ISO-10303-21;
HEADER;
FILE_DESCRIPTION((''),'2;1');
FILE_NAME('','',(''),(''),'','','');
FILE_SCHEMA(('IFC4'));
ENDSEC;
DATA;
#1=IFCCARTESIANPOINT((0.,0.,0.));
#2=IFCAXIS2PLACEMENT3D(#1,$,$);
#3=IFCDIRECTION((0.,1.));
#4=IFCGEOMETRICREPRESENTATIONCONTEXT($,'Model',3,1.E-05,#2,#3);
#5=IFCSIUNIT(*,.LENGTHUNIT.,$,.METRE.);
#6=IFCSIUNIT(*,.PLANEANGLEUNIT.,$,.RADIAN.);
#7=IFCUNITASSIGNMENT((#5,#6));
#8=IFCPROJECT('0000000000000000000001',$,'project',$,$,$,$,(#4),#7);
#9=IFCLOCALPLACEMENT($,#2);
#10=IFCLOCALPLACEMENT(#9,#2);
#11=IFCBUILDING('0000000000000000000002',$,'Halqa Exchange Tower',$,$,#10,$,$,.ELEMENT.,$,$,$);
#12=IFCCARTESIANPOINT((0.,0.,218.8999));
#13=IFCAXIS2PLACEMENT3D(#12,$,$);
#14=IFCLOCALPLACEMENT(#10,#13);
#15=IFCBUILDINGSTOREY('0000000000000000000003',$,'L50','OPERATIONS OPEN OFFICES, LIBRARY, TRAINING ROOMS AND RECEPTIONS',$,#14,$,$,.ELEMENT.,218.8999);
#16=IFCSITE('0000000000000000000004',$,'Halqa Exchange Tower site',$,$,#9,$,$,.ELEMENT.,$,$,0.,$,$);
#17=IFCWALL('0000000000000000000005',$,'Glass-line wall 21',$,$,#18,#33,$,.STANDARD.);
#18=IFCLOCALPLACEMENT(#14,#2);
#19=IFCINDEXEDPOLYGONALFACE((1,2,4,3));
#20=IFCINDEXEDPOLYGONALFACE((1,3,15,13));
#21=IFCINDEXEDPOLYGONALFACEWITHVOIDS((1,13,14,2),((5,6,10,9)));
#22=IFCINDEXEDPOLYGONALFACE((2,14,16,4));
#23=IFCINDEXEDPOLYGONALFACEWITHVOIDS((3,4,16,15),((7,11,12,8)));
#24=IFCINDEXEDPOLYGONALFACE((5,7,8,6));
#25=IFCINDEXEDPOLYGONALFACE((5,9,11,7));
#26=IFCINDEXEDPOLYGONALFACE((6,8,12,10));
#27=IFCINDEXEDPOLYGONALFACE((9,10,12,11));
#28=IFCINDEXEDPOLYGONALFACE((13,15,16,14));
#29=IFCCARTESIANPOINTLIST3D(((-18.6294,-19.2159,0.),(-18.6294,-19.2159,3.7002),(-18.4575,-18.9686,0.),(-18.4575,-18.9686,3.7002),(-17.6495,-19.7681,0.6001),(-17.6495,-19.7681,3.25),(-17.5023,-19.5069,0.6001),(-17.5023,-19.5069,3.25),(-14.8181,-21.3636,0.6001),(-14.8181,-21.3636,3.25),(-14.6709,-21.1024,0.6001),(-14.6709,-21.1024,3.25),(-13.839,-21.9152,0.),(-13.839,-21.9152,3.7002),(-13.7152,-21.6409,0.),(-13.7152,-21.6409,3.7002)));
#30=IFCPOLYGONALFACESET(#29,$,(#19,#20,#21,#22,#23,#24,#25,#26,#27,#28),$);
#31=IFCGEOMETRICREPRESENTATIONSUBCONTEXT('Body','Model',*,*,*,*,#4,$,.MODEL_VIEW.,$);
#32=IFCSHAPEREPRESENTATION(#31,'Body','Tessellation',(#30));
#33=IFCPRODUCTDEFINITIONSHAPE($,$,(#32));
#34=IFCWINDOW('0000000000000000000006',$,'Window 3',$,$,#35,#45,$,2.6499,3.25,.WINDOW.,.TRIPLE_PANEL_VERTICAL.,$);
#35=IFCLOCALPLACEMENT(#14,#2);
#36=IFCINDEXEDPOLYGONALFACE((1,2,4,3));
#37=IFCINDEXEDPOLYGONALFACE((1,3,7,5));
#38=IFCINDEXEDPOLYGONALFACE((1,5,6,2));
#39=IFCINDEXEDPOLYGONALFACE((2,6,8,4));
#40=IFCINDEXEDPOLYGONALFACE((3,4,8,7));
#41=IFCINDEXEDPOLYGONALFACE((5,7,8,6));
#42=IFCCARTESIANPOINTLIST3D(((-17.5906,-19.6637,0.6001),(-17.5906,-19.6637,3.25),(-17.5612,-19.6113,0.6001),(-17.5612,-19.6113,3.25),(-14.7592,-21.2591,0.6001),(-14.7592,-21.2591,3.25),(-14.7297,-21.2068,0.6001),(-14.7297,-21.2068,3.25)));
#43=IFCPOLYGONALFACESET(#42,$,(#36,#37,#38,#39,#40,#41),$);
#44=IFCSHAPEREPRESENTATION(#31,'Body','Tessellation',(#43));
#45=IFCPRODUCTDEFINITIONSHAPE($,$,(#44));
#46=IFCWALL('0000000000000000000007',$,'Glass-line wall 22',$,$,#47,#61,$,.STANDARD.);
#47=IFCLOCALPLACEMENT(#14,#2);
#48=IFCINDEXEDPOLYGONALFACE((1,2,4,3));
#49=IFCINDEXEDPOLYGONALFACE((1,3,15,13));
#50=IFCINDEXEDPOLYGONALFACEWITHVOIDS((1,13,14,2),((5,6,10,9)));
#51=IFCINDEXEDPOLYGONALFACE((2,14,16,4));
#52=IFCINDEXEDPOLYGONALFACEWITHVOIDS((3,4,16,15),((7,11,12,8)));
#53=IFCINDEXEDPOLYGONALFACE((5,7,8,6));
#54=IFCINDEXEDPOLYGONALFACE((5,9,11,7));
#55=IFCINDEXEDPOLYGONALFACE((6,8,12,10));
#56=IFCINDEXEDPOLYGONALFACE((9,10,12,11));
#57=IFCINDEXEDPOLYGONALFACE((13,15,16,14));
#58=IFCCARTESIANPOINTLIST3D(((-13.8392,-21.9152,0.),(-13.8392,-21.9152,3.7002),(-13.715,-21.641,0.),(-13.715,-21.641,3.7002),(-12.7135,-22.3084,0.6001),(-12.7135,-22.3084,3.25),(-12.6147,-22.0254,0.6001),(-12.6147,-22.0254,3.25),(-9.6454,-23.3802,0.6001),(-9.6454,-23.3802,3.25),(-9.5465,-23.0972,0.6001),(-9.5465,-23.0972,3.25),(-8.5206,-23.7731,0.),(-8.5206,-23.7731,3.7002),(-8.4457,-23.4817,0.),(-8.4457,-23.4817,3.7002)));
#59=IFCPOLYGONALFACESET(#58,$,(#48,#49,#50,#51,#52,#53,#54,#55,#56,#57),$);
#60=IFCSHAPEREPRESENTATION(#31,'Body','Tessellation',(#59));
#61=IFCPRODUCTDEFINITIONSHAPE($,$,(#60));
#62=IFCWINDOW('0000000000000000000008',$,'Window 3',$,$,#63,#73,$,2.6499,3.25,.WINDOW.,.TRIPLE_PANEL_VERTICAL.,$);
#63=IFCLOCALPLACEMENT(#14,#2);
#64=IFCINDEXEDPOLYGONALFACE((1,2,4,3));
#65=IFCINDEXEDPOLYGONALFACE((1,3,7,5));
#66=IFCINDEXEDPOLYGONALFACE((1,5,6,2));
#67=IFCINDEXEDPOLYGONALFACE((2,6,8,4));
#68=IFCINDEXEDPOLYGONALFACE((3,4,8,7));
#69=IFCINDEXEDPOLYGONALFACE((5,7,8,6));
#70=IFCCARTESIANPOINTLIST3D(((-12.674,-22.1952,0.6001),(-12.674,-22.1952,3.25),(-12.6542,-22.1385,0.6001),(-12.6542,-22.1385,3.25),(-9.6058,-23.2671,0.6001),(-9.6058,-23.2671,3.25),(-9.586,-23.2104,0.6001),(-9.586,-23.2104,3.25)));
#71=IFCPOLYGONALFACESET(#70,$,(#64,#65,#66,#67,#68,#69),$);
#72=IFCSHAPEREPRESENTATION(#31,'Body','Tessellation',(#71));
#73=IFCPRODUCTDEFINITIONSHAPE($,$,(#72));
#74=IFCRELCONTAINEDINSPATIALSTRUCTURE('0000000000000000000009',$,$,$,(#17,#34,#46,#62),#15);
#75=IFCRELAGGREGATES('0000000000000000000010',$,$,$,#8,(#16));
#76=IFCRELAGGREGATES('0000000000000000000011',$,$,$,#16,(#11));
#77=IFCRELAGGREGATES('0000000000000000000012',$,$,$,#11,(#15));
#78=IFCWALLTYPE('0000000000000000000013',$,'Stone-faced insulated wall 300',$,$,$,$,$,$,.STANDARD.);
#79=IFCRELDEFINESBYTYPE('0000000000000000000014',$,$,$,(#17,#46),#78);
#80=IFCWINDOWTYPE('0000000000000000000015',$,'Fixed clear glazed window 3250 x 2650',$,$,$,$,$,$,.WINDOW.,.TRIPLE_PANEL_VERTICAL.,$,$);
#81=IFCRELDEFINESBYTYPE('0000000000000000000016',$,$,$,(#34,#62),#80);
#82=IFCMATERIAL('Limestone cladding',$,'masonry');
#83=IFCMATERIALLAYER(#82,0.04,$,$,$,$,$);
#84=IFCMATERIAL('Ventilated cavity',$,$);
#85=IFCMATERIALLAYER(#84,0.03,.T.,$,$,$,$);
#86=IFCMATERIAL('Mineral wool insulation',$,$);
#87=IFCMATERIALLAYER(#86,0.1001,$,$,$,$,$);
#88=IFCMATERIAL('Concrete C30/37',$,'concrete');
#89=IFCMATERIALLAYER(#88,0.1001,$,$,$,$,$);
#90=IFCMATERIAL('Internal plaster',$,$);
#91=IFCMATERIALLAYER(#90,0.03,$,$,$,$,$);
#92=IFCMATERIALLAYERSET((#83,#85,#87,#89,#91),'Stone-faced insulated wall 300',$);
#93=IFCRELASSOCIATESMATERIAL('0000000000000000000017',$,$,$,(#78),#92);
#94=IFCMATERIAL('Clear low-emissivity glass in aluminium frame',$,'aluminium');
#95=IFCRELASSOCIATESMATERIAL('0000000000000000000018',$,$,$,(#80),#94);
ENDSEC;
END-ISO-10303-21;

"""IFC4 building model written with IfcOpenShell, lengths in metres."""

from ifc_helpers import new_model, si_unit, direction, frame, frame_2d, origin, place, context, subcontext, project, spatial, polyline, rectangle, outline, extrude, material, layer, layer_set, type_object, element, fill, save


model = new_model("IFC4")

# Units and contexts
model_context = context("Model", 3, precision=1e-05, world=origin(), true_north=direction((0.0, 1.0)))
body_context = subcontext(model_context, "Body", "Model", "MODEL_VIEW")
ifc_project = project(units=[si_unit("LENGTHUNIT", "METRE"), si_unit("PLANEANGLEUNIT", "RADIAN")], contexts=[model_context])

# Site, building, storey
site_placement = place(None, origin())
site = spatial("IfcSite", under=ifc_project, at=site_placement, Name="Halqa Exchange Tower site", CompositionType="ELEMENT", RefElevation=0.0)
building_placement = place(site_placement, origin())
building = spatial("IfcBuilding", under=site, at=building_placement, Name="Halqa Exchange Tower", CompositionType="ELEMENT")
storey_placement = place(building_placement, frame((0.0, 0.0, 218.8999)))
storey = spatial("IfcBuildingStorey", under=building, at=storey_placement, Name="L50", Description="OPERATIONS OPEN OFFICES, LIBRARY, TRAINING ROOMS AND RECEPTIONS", CompositionType="ELEMENT", Elevation=218.8999)

# Shared definitions
ifc_material_1 = material(Name="Limestone cladding", Category="masonry")
ifc_layer_1 = layer(ifc_material_1, 0.04)
ifc_material_2 = material(Name="Ventilated cavity")
ifc_layer_2 = layer(ifc_material_2, 0.03, ventilated=True)
ifc_material_3 = material(Name="Mineral wool insulation")
ifc_layer_3 = layer(ifc_material_3, 0.1001)
ifc_material_4 = material(Name="Concrete C30/37", Category="concrete")
ifc_layer_4 = layer(ifc_material_4, 0.1001)
ifc_material_5 = material(Name="Internal plaster")
ifc_layer_5 = layer(ifc_material_5, 0.03)
ifc_layer_set_1 = layer_set([ifc_layer_1, ifc_layer_2, ifc_layer_3, ifc_layer_4, ifc_layer_5], Name="Stone-faced insulated wall 300")
wall_type_1 = type_object("IfcWallType", Name="Stone-faced insulated wall 300", PredefinedType="STANDARD", material=ifc_layer_set_1)
ifc_material_6 = material(Name="Clear low-emissivity glass in aluminium frame", Category="aluminium")

# Walls, openings, windows
wall_1_placement = place(storey_placement, frame((-18.5435, -19.0923, 0.0), z_axis=(0.0, 0.0, 1.0), x_axis=(0.871207, -0.490916, 0.0)))
wall_1 = element("IfcWall", 1, at=wall_1_placement, inside=storey, type_object=wall_type_1, Name="Glass-line wall 21", PredefinedType="STANDARD", context=body_context, shape_type="SweptSolid", body=[
    extrude(outline(polyline([(-0.0142, -0.1499), (5.4844, -0.1499), (5.4575, 0.1499), (0.0142, 0.1499), (-0.0142, -0.1499)])), origin(), (0.0, 0.0, 1.0), 3.7002),
])
opening_1_placement = place(wall_1_placement, frame((1.1106, 0.0, 0.6001)))
opening_1 = element("IfcOpeningElement", 2, at=opening_1_placement, cuts=wall_1, PredefinedType="OPENING", context=body_context, shape_type="SweptSolid", body=[
    extrude(rectangle(XDim=3.25, YDim=2.6499, at=frame_2d((1.625, 1.325))), frame((0.0, 0.1621, 0.0), z_axis=(0.0, -1.0, 0.0), x_axis=(1.0, 0.0, 0.0)), (0.0, 0.0, 1.0), 0.324),
])
window_type = type_object("IfcWindowType", Name="Fixed clear glazed window 3250 x 2650", PartitioningType="TRIPLE_PANEL_VERTICAL", PredefinedType="WINDOW", material=ifc_material_6)
window_1_placement = place(opening_1_placement, origin())
window_1 = element("IfcWindow", 3, at=window_1_placement, inside=storey, type_object=window_type, Name="Window 3", OverallHeight=2.6499, OverallWidth=3.25, PartitioningType="TRIPLE_PANEL_VERTICAL", PredefinedType="WINDOW", context=body_context, shape_type="SweptSolid", body=[
    extrude(rectangle(XDim=3.25, YDim=2.6499, at=frame_2d((1.625, 1.325))), frame((0.0, 0.03, 0.0), z_axis=(0.0, -1.0, 0.0), x_axis=(1.0, 0.0, 0.0)), (0.0, 0.0, 1.0), 0.0601),
])
fill(opening_1, window_1)
wall_2_placement = place(storey_placement, frame((-13.7771, -21.7781, 0.0), z_axis=(0.0, 0.0, 1.0), x_axis=(0.944054, -0.329792, 0.0)))
wall_2 = element("IfcWall", 4, at=wall_2_placement, inside=storey, type_object=wall_type_1, Name="Glass-line wall 22", PredefinedType="STANDARD", context=body_context, shape_type="SweptSolid", body=[
    extrude(outline(polyline([(-0.0134, -0.1499), (5.6204, -0.1499), (5.595, 0.1499), (0.0134, 0.1499), (-0.0134, -0.1499)])), origin(), (0.0, 0.0, 1.0), 3.7002),
])
opening_2_placement = place(wall_2_placement, frame((1.179, 0.0, 0.6001)))
opening_2 = element("IfcOpeningElement", 5, at=opening_2_placement, cuts=wall_2, PredefinedType="OPENING", context=body_context, shape_type="SweptSolid", body=[
    extrude(rectangle(XDim=3.25, YDim=2.6499, at=frame_2d((1.625, 1.325))), frame((0.0, 0.1621, 0.0), z_axis=(0.0, -1.0, 0.0), x_axis=(1.0, 0.0, 0.0)), (0.0, 0.0, 1.0), 0.324),
])
window_2_placement = place(opening_2_placement, origin())
window_2 = element("IfcWindow", 6, at=window_2_placement, inside=storey, type_object=window_type, Name="Window 3", OverallHeight=2.6499, OverallWidth=3.25, PartitioningType="TRIPLE_PANEL_VERTICAL", PredefinedType="WINDOW", context=body_context, shape_type="SweptSolid", body=[
    extrude(rectangle(XDim=3.25, YDim=2.6499, at=frame_2d((1.625, 1.325))), frame((0.0, 0.03, 0.0), z_axis=(0.0, -1.0, 0.0), x_axis=(1.0, 0.0, 0.0)), (0.0, 0.0, 1.0), 0.0601),
])
fill(opening_2, window_2)

save(model, "model.ifc")
